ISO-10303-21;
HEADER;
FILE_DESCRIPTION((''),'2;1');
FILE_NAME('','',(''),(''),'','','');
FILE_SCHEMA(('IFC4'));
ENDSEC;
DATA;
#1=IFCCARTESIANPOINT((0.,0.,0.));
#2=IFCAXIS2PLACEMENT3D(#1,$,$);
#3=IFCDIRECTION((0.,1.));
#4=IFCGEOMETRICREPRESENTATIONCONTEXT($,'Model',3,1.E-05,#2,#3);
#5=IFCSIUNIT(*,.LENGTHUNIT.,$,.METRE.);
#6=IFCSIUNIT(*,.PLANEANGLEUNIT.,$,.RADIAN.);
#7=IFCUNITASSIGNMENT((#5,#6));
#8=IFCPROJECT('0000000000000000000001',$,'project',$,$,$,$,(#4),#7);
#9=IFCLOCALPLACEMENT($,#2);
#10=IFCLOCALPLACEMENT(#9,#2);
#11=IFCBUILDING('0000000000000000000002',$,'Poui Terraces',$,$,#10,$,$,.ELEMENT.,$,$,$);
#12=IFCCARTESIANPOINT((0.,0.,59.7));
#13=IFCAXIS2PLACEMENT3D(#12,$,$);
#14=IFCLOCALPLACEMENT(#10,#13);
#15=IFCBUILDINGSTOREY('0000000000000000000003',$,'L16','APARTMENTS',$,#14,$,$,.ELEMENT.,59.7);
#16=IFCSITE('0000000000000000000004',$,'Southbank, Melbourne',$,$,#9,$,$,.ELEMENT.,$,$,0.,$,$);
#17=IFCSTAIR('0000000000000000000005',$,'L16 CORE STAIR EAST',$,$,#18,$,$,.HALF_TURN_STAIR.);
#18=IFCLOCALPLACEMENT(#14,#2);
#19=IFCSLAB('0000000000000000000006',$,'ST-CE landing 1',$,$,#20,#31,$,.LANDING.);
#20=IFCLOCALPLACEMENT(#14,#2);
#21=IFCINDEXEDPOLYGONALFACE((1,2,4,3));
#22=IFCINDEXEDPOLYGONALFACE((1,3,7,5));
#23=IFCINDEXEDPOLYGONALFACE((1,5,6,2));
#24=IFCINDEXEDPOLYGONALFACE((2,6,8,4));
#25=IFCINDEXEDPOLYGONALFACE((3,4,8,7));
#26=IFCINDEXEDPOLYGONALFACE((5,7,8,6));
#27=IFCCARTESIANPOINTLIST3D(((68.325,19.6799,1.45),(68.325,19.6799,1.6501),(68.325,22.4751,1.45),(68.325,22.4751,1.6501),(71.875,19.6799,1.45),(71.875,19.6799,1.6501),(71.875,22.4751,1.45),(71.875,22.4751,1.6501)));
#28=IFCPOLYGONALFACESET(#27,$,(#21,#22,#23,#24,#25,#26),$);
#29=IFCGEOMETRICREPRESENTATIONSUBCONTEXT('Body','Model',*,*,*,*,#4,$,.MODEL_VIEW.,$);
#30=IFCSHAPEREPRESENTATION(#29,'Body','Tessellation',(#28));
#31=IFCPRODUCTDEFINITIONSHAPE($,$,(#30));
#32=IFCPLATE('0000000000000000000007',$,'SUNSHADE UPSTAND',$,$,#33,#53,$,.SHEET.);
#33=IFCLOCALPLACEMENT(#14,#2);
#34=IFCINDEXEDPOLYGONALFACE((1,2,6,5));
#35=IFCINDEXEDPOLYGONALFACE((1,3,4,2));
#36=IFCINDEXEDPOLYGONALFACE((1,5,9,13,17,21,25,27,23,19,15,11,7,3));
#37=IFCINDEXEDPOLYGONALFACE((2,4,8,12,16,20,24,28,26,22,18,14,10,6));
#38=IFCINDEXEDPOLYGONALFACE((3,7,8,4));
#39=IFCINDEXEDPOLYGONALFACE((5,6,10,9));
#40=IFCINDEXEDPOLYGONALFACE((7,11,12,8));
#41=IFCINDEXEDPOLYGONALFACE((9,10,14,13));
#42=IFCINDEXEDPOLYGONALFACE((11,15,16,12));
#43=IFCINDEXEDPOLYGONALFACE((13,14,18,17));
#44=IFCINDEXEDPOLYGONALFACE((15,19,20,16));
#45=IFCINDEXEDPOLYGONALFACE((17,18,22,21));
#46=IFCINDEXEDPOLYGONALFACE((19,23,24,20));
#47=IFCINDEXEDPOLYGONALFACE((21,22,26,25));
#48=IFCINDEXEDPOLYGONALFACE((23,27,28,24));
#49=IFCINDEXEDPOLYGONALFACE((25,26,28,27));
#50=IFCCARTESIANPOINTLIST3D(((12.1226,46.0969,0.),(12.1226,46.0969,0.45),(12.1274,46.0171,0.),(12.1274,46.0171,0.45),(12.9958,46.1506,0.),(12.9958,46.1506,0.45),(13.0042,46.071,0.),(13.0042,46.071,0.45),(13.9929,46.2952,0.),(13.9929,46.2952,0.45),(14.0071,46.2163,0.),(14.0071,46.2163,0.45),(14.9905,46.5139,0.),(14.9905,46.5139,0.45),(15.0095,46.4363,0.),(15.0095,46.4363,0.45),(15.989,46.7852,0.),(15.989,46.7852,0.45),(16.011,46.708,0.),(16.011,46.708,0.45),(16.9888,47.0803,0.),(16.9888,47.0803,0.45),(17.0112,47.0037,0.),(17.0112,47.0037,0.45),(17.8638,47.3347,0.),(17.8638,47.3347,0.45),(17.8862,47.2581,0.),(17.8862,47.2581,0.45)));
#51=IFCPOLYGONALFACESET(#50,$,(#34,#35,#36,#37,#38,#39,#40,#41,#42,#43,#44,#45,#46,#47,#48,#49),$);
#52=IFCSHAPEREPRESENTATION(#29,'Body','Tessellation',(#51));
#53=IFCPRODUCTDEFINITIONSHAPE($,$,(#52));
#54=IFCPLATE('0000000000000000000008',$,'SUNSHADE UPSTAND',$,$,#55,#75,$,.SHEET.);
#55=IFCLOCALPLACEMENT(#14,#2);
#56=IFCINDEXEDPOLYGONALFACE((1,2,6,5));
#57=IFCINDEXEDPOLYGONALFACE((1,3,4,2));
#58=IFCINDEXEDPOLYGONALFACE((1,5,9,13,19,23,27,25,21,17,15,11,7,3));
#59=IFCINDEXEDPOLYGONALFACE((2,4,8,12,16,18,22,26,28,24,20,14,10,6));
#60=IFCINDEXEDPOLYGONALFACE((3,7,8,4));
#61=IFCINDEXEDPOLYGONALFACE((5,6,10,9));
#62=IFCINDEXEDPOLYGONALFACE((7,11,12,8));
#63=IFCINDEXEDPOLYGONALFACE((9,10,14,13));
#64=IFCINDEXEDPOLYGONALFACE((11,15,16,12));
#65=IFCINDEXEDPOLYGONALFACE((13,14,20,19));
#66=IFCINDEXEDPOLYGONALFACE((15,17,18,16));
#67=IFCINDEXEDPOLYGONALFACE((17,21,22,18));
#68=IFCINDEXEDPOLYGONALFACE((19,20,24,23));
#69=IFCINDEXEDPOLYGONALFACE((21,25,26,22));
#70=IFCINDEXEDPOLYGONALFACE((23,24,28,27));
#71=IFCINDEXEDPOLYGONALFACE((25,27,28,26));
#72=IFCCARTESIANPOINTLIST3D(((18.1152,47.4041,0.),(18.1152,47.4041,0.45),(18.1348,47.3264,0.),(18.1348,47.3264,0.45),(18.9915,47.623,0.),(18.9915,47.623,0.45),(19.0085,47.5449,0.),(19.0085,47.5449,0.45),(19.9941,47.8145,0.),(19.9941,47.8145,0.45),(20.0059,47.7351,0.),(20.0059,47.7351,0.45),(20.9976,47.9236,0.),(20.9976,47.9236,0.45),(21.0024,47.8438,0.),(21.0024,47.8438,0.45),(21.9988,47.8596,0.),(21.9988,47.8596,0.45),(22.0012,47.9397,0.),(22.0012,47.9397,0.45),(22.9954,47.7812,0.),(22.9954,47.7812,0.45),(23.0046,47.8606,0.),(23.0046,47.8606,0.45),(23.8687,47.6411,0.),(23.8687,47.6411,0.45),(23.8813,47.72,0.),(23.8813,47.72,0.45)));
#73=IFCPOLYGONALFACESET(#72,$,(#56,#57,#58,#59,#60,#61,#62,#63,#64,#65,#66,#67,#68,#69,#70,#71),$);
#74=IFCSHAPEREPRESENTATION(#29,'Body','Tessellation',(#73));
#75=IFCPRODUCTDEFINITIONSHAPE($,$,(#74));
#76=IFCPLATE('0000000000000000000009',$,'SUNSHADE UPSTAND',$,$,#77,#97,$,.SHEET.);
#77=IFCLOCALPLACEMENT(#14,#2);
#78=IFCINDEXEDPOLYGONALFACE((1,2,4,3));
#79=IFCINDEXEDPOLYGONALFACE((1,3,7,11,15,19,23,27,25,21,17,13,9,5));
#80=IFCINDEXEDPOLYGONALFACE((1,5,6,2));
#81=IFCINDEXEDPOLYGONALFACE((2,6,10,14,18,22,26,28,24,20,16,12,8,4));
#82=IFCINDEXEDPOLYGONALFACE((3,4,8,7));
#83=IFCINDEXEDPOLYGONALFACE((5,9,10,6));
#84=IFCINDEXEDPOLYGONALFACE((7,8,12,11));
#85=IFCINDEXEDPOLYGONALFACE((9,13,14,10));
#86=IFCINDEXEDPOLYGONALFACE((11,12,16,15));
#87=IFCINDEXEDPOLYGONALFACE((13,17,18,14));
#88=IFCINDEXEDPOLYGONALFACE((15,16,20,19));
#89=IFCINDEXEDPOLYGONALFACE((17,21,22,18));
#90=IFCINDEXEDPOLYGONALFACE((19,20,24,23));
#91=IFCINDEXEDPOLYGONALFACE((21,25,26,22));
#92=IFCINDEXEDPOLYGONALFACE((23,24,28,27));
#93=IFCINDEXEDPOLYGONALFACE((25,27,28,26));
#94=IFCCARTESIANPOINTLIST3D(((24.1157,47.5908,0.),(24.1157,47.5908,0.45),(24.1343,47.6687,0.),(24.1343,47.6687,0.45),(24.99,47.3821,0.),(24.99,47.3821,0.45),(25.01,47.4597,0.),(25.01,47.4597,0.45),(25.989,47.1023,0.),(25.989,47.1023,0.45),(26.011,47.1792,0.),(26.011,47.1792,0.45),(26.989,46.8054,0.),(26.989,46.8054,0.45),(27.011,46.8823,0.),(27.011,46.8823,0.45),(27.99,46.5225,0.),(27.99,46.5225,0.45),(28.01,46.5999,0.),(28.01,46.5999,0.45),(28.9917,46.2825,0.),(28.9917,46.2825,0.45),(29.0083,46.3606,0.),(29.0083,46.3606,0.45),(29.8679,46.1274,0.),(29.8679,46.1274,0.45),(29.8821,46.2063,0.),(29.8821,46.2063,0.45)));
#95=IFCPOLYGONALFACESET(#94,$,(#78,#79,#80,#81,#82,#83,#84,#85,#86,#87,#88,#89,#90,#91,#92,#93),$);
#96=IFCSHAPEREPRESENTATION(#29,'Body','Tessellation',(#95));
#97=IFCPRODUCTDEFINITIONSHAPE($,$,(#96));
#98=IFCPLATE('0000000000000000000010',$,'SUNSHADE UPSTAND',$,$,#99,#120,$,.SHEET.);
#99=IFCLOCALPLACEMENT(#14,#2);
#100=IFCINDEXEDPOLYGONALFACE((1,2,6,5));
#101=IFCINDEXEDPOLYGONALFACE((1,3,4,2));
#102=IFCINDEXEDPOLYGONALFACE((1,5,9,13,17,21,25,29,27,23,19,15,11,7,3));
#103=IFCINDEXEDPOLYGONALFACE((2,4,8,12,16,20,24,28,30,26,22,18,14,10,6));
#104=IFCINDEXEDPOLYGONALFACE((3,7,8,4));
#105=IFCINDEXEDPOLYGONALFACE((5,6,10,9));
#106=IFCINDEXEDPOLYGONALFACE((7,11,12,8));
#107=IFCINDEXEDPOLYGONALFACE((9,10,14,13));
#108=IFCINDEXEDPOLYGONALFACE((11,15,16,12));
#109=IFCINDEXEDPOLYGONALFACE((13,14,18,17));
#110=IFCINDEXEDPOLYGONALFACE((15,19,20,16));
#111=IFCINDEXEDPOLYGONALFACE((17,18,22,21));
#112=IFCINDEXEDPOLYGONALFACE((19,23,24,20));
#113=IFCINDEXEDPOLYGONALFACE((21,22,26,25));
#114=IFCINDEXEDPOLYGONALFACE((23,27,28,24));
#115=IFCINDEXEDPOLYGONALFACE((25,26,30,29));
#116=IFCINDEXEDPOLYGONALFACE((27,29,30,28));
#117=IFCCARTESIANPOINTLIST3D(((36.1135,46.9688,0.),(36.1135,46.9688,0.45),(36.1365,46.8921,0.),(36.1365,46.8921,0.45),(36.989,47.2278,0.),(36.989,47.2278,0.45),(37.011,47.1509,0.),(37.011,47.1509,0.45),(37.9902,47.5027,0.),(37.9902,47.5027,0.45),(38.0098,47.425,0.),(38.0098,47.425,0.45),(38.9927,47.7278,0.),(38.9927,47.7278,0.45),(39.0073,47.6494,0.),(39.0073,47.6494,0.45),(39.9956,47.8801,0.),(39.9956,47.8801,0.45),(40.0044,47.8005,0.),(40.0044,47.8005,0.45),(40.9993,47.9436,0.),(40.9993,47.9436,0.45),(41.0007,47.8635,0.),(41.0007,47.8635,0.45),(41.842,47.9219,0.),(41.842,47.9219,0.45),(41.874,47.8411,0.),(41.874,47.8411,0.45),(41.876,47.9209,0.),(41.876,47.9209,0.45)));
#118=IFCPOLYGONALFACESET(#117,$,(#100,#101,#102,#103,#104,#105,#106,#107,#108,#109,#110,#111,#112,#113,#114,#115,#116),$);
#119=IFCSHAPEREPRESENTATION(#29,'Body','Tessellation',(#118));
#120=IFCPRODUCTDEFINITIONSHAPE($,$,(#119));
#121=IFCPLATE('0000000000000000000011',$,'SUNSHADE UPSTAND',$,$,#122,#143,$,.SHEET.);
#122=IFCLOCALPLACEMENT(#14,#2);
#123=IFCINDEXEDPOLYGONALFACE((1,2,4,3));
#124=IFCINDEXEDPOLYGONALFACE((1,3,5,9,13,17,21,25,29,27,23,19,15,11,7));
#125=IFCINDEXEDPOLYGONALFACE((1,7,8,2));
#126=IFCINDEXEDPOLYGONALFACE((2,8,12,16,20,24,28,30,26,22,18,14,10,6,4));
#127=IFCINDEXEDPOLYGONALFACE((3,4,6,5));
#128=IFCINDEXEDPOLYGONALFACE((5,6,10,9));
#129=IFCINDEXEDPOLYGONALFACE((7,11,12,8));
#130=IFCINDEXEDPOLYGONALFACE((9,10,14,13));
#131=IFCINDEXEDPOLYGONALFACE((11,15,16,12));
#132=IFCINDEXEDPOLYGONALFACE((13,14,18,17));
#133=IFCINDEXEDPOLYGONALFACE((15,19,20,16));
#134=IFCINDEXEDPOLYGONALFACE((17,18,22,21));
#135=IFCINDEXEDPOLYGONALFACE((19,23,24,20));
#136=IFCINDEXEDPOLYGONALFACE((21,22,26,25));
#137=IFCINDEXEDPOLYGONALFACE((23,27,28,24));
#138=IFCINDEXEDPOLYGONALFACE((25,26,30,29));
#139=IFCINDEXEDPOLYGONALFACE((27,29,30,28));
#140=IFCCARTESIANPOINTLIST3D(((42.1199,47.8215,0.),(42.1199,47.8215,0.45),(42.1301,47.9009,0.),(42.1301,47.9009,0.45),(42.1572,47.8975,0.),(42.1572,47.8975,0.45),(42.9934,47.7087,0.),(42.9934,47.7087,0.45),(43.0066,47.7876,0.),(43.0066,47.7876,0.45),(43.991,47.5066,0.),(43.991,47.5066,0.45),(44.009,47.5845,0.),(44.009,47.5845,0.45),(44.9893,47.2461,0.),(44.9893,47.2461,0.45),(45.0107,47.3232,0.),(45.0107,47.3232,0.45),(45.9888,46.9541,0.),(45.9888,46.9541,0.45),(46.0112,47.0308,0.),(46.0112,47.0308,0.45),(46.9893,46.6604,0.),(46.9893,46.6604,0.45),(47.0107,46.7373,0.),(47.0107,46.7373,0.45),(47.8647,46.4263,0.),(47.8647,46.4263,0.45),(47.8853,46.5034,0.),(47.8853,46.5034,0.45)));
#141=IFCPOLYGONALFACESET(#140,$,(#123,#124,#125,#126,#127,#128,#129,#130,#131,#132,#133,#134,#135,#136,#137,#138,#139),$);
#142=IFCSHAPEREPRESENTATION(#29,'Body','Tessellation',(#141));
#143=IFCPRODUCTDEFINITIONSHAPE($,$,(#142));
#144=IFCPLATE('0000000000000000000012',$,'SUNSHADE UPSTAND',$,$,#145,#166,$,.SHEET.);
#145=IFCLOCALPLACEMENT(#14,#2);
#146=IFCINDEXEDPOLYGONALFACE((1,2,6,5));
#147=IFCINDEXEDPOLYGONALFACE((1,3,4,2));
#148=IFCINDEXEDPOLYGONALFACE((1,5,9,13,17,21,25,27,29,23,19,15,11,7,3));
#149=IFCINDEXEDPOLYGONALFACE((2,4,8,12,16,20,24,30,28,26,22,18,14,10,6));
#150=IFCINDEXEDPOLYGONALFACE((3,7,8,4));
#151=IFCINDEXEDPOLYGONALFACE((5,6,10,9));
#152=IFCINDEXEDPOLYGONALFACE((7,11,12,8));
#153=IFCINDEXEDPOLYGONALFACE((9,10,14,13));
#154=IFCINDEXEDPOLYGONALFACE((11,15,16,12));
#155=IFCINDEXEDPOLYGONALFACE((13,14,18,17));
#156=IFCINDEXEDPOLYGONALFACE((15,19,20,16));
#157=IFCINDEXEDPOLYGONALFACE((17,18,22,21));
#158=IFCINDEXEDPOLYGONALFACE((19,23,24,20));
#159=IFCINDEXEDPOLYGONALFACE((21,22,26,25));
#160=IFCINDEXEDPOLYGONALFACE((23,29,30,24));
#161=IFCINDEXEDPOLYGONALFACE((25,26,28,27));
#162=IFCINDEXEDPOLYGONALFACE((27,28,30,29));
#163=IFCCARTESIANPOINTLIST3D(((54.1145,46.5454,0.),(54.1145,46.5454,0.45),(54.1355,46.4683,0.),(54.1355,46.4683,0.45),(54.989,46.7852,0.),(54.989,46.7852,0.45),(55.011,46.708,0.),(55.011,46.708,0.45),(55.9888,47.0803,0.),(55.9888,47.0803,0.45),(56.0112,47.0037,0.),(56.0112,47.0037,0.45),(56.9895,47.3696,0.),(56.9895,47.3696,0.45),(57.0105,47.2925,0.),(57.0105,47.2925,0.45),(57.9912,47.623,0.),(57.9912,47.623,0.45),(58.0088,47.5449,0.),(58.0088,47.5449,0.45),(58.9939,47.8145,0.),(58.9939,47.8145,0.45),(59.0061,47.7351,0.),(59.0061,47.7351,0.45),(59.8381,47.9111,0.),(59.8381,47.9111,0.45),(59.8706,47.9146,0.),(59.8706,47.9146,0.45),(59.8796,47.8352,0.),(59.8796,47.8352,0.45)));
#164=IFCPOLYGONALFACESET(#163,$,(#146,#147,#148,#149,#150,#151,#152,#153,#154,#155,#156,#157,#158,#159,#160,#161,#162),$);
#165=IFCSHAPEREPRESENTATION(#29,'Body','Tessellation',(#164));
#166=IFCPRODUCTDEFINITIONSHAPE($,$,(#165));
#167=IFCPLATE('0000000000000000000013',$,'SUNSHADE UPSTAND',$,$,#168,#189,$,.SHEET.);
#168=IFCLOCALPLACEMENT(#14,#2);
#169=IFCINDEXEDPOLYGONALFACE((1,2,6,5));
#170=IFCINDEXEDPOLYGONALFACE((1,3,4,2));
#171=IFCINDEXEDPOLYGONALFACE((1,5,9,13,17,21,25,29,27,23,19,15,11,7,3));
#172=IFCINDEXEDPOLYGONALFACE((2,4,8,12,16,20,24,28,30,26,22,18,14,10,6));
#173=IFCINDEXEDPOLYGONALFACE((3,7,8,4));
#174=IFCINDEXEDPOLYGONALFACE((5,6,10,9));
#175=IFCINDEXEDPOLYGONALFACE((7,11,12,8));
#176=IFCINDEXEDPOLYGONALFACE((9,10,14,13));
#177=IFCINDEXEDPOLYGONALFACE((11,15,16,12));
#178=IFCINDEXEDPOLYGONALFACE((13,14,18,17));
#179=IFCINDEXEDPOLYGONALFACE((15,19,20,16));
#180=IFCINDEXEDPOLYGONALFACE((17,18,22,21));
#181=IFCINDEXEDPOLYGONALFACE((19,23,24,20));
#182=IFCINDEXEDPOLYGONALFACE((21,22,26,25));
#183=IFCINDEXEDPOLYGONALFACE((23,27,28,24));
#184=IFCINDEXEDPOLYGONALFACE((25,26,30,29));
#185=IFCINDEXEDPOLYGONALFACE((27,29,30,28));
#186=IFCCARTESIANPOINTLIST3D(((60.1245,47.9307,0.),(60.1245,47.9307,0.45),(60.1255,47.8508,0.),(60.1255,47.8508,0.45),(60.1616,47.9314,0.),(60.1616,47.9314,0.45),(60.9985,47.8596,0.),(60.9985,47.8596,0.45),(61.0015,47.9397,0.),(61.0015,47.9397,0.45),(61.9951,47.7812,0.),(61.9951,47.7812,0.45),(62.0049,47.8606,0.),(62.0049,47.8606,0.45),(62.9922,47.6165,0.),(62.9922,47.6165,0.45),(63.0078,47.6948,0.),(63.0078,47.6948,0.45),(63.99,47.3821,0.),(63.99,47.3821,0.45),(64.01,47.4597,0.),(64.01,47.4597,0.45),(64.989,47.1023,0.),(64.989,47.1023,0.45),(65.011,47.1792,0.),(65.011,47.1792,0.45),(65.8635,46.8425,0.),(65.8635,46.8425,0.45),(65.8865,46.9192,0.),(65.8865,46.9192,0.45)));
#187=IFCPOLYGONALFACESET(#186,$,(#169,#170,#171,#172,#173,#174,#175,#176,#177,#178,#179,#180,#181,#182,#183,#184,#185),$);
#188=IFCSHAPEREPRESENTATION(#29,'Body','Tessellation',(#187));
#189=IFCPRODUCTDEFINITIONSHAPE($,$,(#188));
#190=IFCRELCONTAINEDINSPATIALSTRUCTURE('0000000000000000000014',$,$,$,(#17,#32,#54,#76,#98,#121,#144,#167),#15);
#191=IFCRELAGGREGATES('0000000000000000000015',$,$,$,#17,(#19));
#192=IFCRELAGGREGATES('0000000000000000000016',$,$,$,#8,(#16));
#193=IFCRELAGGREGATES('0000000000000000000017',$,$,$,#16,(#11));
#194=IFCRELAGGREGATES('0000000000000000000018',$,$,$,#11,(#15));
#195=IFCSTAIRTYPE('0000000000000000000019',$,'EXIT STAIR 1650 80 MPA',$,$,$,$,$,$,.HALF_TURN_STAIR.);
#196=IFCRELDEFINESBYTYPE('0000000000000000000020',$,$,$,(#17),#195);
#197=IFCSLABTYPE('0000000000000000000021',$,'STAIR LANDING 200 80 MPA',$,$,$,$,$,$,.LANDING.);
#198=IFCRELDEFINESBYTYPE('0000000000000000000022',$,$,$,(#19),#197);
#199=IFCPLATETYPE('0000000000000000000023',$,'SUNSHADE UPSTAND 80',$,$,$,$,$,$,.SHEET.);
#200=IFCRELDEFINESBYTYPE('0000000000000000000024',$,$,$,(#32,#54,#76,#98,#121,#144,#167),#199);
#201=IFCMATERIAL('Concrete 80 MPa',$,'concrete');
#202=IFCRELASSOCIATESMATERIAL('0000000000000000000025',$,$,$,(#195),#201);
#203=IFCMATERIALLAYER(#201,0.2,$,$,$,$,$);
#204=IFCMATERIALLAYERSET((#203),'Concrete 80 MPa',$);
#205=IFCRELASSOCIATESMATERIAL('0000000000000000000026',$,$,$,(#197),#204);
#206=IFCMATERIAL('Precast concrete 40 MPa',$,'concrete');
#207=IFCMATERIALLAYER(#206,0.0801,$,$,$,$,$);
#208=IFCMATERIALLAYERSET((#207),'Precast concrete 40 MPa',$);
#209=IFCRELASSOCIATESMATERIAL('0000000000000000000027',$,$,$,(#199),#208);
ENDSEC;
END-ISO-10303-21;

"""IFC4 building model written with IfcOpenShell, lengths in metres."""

from ifc_helpers import new_model, si_unit, direction, frame, origin, place, context, subcontext, project, spatial, polyline, outline, extrude, material, layer, layer_set, type_object, element, aggregate, save


model = new_model("IFC4")

# Units and contexts
model_context = context("Model", 3, precision=1e-05, world=origin(), true_north=direction((0.0, 1.0)))
body_context = subcontext(model_context, "Body", "Model", "MODEL_VIEW")
ifc_project = project(units=[si_unit("LENGTHUNIT", "METRE"), si_unit("PLANEANGLEUNIT", "RADIAN")], contexts=[model_context])

# Site, building, storey
site_placement = place(None, origin())
site = spatial("IfcSite", under=ifc_project, at=site_placement, Name="Southbank, Melbourne", CompositionType="ELEMENT", RefElevation=0.0)
building_placement = place(site_placement, origin())
building = spatial("IfcBuilding", under=site, at=building_placement, Name="Poui Terraces", CompositionType="ELEMENT")
storey_placement = place(building_placement, frame((0.0, 0.0, 59.7)))
storey = spatial("IfcBuildingStorey", under=building, at=storey_placement, Name="L16", Description="APARTMENTS", CompositionType="ELEMENT", Elevation=59.7)

# Shared definitions
ifc_material_1 = material(Name="Precast concrete 40 MPa", Category="concrete")

# Stair, slab
ifc_material_2 = material(Name="Concrete 80 MPa", Category="concrete")
stair_type = type_object("IfcStairType", Name="EXIT STAIR 1650 80 MPA", PredefinedType="HALF_TURN_STAIR", material=ifc_material_2)
stair_placement = place(storey_placement, origin())
stair = element("IfcStair", 1, at=stair_placement, inside=storey, type_object=stair_type, Name="L16 CORE STAIR EAST", PredefinedType="HALF_TURN_STAIR")
ifc_layer_1 = layer(ifc_material_2, 0.2)
ifc_layer_set_1 = layer_set([ifc_layer_1], Name="Concrete 80 MPa")
slab_type_1 = type_object("IfcSlabType", Name="STAIR LANDING 200 80 MPA", PredefinedType="LANDING", material=ifc_layer_set_1)
slab_1_placement = place(storey_placement, frame((0.0, 0.0, 1.45)))
slab_1 = element("IfcSlab", 2, at=slab_1_placement, type_object=slab_type_1, Name="ST-CE landing 1", PredefinedType="LANDING", context=body_context, shape_type="SweptSolid", body=[
    extrude(outline(polyline([(68.325, 19.6799), (71.875, 19.6799), (71.875, 22.4751), (68.325, 22.4751), (68.325, 19.6799)])), origin(), (0.0, 0.0, 1.0), 0.2002),
])
aggregate(stair, [slab_1])

# Plates
ifc_layer_2 = layer(ifc_material_1, 0.0801)
ifc_layer_set_2 = layer_set([ifc_layer_2], Name="Precast concrete 40 MPa")
plate_type = type_object("IfcPlateType", Name="SUNSHADE UPSTAND 80", PredefinedType="SHEET", material=ifc_layer_set_2)
plate_1_placement = place(storey_placement, origin())
element("IfcPlate", 3, at=plate_1_placement, inside=storey, type_object=plate_type, Name="SUNSHADE UPSTAND", PredefinedType="SHEET", context=body_context, shape_type="SweptSolid", body=[
    extrude(outline(polyline([(12.9958, 46.1506), (12.1226, 46.0969), (12.1274, 46.0171), (13.0042, 46.071), (14.0071, 46.2163), (15.0095, 46.4363), (16.011, 46.708), (17.0112, 47.0037), (17.8862, 47.2581), (17.8638, 47.3347), (16.9888, 47.0803), (15.989, 46.7852), (14.9905, 46.5139), (13.9929, 46.2952), (12.9958, 46.1506)])), origin(), (0.0, 0.0, 1.0), 0.45),
])
plate_2_placement = place(storey_placement, origin())
element("IfcPlate", 4, at=plate_2_placement, inside=storey, type_object=plate_type, Name="SUNSHADE UPSTAND", PredefinedType="SHEET", context=body_context, shape_type="SweptSolid", body=[
    extrude(outline(polyline([(18.9915, 47.623), (18.1152, 47.4041), (18.1348, 47.3264), (19.0085, 47.5449), (20.0059, 47.7351), (21.0024, 47.8438), (21.9988, 47.8596), (22.9954, 47.7812), (23.8687, 47.6411), (23.8813, 47.72), (23.0046, 47.8606), (22.0012, 47.9397), (20.9976, 47.9236), (19.9941, 47.8145), (18.9915, 47.623)])), origin(), (0.0, 0.0, 1.0), 0.45),
])
plate_3_placement = place(storey_placement, origin())
element("IfcPlate", 5, at=plate_3_placement, inside=storey, type_object=plate_type, Name="SUNSHADE UPSTAND", PredefinedType="SHEET", context=body_context, shape_type="SweptSolid", body=[
    extrude(outline(polyline([(25.01, 47.4597), (24.1343, 47.6687), (24.1157, 47.5908), (24.99, 47.3821), (25.989, 47.1023), (26.989, 46.8054), (27.99, 46.5225), (28.9917, 46.2825), (29.8679, 46.1274), (29.8821, 46.2063), (29.0083, 46.3606), (28.01, 46.5999), (27.011, 46.8823), (26.011, 47.1792), (25.01, 47.4597)])), origin(), (0.0, 0.0, 1.0), 0.45),
])
plate_4_placement = place(storey_placement, origin())
element("IfcPlate", 6, at=plate_4_placement, inside=storey, type_object=plate_type, Name="SUNSHADE UPSTAND", PredefinedType="SHEET", context=body_context, shape_type="SweptSolid", body=[
    extrude(outline(polyline([(36.989, 47.2278), (36.1135, 46.9688), (36.1365, 46.8921), (37.011, 47.1509), (38.0098, 47.425), (39.0073, 47.6494), (40.0044, 47.8005), (41.0007, 47.8635), (41.874, 47.8411), (41.876, 47.9209), (41.842, 47.9219), (40.9993, 47.9436), (39.9956, 47.8801), (38.9927, 47.7278), (37.9902, 47.5027), (36.989, 47.2278)])), origin(), (0.0, 0.0, 1.0), 0.45),
])
plate_5_placement = place(storey_placement, origin())
element("IfcPlate", 7, at=plate_5_placement, inside=storey, type_object=plate_type, Name="SUNSHADE UPSTAND", PredefinedType="SHEET", context=body_context, shape_type="SweptSolid", body=[
    extrude(outline(polyline([(43.0066, 47.7876), (42.1572, 47.8975), (42.1301, 47.9009), (42.1199, 47.8215), (42.9934, 47.7087), (43.991, 47.5066), (44.9893, 47.2461), (45.9888, 46.9541), (46.9893, 46.6604), (47.8647, 46.4263), (47.8853, 46.5034), (47.0107, 46.7373), (46.0112, 47.0308), (45.0107, 47.3232), (44.009, 47.5845), (43.0066, 47.7876)])), origin(), (0.0, 0.0, 1.0), 0.45),
])
plate_6_placement = place(storey_placement, origin())
element("IfcPlate", 8, at=plate_6_placement, inside=storey, type_object=plate_type, Name="SUNSHADE UPSTAND", PredefinedType="SHEET", context=body_context, shape_type="SweptSolid", body=[
    extrude(outline(polyline([(54.989, 46.7852), (54.1145, 46.5454), (54.1355, 46.4683), (55.011, 46.708), (56.0112, 47.0037), (57.0105, 47.2925), (58.0088, 47.5449), (59.0061, 47.7351), (59.8796, 47.8352), (59.8706, 47.9146), (59.8381, 47.9111), (58.9939, 47.8145), (57.9912, 47.623), (56.9895, 47.3696), (55.9888, 47.0803), (54.989, 46.7852)])), origin(), (0.0, 0.0, 1.0), 0.45),
])
plate_7_placement = place(storey_placement, origin())
element("IfcPlate", 9, at=plate_7_placement, inside=storey, type_object=plate_type, Name="SUNSHADE UPSTAND", PredefinedType="SHEET", context=body_context, shape_type="SweptSolid", body=[
    extrude(outline(polyline([(61.0015, 47.9397), (60.1616, 47.9314), (60.1245, 47.9307), (60.1255, 47.8508), (60.9985, 47.8596), (61.9951, 47.7812), (62.9922, 47.6165), (63.99, 47.3821), (64.989, 47.1023), (65.8635, 46.8425), (65.8865, 46.9192), (65.011, 47.1792), (64.01, 47.4597), (63.0078, 47.6948), (62.0049, 47.8606), (61.0015, 47.9397)])), origin(), (0.0, 0.0, 1.0), 0.45),
])

save(model, "model.ifc")
